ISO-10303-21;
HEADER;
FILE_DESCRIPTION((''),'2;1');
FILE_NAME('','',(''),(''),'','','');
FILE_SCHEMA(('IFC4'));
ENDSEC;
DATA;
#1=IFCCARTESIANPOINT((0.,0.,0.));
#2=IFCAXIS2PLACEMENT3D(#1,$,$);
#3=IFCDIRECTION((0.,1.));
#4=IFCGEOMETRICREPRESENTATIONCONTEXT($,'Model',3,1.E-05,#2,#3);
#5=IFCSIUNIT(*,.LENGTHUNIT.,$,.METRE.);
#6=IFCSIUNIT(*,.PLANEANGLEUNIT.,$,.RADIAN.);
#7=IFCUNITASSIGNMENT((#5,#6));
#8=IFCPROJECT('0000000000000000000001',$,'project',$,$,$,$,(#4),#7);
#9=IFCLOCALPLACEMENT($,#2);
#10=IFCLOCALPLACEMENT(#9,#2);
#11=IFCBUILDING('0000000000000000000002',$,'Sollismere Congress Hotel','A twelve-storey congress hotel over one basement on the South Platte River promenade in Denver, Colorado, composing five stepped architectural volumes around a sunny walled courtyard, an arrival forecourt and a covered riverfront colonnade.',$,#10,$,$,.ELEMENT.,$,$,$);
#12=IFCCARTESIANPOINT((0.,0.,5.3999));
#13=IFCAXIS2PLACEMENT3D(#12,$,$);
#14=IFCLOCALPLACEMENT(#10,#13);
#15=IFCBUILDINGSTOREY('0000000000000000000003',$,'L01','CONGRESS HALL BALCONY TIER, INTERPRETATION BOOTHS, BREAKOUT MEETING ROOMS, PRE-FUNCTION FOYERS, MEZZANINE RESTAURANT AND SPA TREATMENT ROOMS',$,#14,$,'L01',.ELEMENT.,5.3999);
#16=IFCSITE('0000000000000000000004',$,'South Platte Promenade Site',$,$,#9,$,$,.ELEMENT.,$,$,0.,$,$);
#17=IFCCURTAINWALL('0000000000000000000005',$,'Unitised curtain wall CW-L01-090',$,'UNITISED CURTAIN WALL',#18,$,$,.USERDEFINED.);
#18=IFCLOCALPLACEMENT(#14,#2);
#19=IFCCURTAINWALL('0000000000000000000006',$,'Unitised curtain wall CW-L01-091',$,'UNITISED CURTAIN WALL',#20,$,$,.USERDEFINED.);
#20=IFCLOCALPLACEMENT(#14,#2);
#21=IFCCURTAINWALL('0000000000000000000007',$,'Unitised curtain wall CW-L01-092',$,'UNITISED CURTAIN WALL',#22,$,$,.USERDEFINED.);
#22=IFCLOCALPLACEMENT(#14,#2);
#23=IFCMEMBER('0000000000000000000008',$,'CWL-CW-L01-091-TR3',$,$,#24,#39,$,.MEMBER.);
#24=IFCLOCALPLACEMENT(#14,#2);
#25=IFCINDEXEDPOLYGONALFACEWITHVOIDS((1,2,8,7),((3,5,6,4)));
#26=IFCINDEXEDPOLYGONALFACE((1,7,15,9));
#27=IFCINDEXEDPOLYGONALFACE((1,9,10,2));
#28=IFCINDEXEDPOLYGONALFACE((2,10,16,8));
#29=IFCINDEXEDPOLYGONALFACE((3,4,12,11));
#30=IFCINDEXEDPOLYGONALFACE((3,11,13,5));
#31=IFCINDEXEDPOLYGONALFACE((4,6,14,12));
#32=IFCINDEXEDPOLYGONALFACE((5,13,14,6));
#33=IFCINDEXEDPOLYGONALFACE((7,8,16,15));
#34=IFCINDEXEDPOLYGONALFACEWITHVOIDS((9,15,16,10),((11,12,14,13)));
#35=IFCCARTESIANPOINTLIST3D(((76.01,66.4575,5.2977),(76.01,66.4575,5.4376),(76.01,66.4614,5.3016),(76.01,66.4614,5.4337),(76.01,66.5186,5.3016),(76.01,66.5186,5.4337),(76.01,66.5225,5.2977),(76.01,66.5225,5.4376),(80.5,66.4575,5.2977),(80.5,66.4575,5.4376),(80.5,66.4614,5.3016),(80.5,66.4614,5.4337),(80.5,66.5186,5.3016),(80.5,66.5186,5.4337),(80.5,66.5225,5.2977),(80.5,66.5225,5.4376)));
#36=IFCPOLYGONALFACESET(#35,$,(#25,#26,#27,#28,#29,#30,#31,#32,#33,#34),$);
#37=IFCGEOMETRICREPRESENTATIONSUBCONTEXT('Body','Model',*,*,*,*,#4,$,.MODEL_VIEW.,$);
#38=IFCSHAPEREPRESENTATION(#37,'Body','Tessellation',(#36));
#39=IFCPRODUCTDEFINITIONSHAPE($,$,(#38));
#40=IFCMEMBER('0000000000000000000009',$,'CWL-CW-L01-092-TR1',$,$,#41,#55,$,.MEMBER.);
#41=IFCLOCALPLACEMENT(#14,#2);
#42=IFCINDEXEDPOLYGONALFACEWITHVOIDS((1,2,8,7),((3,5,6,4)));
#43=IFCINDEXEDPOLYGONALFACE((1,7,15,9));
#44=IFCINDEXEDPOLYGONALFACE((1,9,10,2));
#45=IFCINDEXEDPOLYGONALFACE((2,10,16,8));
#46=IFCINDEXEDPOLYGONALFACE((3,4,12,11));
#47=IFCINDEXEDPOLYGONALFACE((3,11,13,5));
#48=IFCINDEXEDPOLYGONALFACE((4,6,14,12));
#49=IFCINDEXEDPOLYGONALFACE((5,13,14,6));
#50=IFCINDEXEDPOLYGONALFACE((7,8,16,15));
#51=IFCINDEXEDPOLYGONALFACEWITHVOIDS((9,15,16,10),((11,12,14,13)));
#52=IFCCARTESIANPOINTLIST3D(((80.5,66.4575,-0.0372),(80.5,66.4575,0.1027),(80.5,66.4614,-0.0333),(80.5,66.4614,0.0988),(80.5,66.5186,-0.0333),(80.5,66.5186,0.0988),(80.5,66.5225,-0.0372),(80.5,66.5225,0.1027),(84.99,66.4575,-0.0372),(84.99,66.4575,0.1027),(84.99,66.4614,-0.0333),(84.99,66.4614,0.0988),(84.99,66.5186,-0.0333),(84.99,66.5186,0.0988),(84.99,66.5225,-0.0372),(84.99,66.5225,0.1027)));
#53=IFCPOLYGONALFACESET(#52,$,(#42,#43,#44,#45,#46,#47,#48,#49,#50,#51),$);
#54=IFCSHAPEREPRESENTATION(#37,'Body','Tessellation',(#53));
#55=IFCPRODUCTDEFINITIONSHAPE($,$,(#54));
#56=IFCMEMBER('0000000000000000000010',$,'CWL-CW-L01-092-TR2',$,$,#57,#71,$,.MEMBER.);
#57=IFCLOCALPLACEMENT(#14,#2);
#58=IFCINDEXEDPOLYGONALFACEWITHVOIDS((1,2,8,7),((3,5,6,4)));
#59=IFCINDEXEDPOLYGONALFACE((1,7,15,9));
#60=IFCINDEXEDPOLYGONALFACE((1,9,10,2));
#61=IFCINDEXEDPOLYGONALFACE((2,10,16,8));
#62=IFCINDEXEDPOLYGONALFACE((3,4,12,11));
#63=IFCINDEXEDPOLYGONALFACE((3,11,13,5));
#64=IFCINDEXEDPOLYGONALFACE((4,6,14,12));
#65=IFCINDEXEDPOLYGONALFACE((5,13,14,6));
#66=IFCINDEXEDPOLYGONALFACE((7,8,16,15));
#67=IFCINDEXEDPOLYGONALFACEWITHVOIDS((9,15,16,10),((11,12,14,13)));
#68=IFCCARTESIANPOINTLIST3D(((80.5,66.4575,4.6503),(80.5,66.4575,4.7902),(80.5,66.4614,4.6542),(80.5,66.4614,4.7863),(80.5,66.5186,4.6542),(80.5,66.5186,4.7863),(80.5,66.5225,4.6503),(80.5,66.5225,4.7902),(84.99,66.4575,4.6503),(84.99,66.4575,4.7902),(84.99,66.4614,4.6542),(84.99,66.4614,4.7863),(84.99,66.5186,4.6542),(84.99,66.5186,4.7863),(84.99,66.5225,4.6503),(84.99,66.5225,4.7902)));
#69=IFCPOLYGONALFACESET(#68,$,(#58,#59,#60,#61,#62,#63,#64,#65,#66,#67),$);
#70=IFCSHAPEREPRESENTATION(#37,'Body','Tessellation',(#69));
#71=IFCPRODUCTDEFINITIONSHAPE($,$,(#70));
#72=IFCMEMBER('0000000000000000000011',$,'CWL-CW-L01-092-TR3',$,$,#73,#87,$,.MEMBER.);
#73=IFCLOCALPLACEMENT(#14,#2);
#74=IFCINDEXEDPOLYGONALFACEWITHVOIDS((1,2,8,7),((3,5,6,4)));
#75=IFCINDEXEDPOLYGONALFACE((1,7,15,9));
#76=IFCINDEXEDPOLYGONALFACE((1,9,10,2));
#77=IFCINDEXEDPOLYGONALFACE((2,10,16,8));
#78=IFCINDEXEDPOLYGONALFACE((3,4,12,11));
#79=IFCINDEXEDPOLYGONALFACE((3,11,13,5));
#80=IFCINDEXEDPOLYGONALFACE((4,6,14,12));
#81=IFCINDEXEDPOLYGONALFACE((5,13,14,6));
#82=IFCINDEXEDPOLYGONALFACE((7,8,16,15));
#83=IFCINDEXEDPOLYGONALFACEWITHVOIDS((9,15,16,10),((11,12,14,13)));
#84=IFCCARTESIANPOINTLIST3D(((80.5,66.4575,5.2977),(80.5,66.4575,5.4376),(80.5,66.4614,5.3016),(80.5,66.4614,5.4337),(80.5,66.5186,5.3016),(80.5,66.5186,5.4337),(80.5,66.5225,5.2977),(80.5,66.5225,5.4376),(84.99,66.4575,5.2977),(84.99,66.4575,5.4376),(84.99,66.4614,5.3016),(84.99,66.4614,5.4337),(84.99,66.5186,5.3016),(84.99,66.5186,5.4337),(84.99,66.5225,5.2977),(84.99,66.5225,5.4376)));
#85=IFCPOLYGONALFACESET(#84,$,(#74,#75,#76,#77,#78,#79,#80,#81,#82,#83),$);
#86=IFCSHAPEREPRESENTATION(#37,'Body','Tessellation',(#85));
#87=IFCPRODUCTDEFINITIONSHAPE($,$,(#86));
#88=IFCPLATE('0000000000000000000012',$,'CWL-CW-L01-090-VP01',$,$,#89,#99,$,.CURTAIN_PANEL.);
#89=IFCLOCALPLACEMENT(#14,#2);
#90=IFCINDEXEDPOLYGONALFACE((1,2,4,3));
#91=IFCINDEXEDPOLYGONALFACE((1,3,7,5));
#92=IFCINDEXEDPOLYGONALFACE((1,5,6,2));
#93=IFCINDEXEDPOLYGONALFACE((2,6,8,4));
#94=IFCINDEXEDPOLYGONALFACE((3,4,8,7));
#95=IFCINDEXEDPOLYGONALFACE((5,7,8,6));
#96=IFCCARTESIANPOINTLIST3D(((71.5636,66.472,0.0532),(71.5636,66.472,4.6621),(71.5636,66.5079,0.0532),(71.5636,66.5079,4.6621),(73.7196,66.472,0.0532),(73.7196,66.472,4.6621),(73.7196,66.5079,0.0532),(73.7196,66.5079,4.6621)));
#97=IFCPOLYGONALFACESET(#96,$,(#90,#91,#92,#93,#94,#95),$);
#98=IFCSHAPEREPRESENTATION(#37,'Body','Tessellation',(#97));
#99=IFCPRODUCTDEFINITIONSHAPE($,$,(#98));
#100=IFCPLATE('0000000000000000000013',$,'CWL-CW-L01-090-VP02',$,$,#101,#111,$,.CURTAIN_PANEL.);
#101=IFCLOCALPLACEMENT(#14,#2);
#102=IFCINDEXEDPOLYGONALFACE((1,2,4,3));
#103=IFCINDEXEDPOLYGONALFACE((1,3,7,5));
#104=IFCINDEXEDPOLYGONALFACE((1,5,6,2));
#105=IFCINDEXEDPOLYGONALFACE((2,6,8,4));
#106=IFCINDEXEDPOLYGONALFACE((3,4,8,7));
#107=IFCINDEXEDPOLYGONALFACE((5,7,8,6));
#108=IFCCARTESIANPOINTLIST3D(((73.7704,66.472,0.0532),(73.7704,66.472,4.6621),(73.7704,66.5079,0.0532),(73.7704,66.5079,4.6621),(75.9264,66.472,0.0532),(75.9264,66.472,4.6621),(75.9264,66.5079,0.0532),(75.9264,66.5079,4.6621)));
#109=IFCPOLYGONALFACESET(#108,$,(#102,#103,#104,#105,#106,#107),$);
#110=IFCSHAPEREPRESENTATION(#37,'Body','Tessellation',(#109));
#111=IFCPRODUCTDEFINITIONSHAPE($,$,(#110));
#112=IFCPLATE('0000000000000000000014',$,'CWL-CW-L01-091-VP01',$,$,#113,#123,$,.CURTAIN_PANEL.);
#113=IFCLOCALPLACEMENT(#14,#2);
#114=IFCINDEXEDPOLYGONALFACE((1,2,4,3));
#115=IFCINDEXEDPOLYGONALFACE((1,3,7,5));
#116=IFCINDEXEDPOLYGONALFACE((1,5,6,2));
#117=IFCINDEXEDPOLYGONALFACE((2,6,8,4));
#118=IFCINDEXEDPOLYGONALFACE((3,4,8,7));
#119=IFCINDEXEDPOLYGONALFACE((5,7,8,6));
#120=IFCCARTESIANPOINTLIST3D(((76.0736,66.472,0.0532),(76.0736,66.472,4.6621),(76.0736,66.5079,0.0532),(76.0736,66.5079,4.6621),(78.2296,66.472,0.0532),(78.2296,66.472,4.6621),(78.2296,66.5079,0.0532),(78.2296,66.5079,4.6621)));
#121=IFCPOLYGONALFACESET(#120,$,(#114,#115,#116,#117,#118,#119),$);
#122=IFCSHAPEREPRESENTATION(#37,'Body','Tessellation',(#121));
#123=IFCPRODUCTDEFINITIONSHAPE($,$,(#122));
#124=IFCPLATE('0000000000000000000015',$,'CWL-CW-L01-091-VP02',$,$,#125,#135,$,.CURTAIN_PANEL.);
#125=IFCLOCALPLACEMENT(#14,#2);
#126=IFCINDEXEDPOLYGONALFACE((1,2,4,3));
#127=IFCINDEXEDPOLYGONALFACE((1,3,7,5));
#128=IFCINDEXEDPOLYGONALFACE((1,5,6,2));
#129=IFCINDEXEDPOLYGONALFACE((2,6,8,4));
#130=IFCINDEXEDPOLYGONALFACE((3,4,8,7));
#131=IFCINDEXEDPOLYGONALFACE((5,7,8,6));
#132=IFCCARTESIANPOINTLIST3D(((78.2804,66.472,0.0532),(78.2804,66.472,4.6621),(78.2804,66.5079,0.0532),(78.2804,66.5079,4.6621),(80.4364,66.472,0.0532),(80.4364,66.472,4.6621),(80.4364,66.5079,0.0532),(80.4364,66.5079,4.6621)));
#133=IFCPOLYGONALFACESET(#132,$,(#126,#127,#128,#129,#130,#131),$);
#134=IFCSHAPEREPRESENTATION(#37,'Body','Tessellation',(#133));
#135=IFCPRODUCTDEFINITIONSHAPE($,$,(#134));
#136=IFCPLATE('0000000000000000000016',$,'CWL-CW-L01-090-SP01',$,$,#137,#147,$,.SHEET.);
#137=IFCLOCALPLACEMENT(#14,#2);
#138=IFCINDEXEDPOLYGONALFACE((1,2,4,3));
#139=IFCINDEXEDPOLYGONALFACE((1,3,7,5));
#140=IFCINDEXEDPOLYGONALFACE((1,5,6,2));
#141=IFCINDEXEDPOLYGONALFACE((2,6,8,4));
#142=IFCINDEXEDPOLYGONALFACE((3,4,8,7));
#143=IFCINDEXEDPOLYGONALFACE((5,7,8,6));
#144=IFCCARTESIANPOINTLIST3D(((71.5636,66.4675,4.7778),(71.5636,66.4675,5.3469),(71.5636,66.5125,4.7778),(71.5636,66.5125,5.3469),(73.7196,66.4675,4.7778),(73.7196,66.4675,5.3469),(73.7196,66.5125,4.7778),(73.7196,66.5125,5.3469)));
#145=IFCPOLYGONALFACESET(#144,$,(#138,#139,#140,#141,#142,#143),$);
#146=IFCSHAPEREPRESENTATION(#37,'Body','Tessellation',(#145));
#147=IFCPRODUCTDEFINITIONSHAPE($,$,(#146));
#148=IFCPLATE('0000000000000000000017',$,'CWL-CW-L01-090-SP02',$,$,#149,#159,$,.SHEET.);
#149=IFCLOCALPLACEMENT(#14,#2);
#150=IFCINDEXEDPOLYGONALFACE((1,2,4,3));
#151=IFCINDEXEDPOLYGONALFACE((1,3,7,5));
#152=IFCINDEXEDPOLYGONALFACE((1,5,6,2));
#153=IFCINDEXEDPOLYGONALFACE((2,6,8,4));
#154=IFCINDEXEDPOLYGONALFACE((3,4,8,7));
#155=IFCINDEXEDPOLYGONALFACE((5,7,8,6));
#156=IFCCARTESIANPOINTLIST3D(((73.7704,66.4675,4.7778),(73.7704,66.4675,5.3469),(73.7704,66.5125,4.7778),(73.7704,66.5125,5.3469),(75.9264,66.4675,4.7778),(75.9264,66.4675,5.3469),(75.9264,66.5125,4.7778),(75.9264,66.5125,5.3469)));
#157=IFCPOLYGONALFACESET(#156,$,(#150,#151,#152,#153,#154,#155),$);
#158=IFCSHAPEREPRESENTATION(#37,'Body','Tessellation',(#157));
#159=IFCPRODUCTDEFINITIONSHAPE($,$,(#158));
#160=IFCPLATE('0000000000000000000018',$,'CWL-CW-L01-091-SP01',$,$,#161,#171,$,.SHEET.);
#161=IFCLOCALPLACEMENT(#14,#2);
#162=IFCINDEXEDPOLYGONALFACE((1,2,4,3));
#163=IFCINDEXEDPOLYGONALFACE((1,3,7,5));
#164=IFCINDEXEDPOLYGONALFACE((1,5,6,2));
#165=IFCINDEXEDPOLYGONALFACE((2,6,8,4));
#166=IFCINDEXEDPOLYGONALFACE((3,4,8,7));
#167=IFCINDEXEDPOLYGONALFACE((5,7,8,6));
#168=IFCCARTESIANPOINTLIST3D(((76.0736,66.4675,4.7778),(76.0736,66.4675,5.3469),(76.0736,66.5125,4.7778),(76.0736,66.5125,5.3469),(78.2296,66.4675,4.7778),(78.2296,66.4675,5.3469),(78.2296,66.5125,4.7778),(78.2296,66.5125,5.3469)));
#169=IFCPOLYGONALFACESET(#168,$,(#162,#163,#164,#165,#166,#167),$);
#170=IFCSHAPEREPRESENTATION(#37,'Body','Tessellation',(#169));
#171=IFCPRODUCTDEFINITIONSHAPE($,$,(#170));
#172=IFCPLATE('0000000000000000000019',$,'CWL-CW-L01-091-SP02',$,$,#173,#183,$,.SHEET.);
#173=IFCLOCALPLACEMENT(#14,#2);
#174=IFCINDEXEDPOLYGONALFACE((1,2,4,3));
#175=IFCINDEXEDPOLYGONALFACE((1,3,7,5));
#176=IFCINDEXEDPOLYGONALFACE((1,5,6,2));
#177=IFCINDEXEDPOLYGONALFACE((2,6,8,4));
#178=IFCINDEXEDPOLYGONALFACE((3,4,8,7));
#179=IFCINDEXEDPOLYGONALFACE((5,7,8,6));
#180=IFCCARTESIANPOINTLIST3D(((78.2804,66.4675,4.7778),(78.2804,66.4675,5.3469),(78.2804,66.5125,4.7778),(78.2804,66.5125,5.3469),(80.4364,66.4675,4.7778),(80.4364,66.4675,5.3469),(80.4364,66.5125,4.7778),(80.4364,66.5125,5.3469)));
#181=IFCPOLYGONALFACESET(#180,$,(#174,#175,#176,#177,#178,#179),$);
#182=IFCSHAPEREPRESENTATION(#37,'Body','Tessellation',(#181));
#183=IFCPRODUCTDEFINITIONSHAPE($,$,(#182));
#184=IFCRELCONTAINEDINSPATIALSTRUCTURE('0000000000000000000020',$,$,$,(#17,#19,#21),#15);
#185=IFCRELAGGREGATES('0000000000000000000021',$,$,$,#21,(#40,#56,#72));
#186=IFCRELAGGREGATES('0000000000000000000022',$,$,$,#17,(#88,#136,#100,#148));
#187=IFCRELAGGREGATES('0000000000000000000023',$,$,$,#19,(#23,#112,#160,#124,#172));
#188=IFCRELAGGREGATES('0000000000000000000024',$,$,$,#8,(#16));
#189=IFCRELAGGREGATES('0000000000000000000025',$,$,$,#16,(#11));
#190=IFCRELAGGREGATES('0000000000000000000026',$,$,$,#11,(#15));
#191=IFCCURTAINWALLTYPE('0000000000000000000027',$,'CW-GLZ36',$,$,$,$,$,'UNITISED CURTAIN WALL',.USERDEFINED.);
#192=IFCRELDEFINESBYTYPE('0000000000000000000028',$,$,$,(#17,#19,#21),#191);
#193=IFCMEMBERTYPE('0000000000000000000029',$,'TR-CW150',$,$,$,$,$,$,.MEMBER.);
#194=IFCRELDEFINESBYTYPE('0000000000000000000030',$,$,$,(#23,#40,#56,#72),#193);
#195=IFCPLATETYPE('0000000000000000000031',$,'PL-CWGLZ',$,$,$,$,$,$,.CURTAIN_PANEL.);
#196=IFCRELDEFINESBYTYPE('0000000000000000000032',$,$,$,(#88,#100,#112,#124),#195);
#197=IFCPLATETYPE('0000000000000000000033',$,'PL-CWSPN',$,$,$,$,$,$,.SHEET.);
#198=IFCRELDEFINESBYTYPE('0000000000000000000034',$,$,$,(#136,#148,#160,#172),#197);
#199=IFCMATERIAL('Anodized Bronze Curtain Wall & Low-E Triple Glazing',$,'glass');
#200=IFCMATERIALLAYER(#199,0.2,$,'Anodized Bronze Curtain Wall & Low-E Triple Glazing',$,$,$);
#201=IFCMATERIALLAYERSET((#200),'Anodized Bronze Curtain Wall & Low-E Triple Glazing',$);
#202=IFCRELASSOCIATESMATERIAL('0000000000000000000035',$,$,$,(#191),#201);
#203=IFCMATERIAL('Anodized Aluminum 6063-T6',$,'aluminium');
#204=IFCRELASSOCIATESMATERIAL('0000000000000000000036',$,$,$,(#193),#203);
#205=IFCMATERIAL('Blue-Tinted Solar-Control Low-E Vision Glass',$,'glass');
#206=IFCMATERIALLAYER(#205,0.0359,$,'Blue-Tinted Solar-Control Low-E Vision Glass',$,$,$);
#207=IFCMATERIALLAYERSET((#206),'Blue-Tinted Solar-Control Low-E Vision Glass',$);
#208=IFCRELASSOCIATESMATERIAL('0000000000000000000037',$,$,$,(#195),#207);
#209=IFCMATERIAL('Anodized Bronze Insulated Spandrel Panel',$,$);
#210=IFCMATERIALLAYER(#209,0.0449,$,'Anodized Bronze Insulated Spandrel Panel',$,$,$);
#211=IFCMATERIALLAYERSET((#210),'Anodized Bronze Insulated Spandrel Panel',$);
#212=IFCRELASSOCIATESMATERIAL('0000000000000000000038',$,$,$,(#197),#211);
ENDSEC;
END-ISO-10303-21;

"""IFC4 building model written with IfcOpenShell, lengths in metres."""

from ifc_helpers import new_model, si_unit, direction, frame, origin, origin_2d, place, context, subcontext, project, spatial, rectangle, hollow_rectangle, extrude, material, layer, layer_set, material_profile, profile_set, type_object, element, aggregate, save


model = new_model("IFC4")

# Units and contexts
model_context = context("Model", 3, precision=1e-05, world=origin(), true_north=direction((0.0, 1.0)))
body_context = subcontext(model_context, "Body", "Model", "MODEL_VIEW")
ifc_project = project(units=[si_unit("LENGTHUNIT", "METRE"), si_unit("PLANEANGLEUNIT", "RADIAN")], contexts=[model_context])

# Site, building, storey
site_placement = place(None, origin())
site = spatial("IfcSite", under=ifc_project, at=site_placement, Name="South Platte Promenade Site", CompositionType="ELEMENT", RefElevation=0.0)
building_placement = place(site_placement, origin())
building = spatial("IfcBuilding", under=site, at=building_placement, Name="Sollismere Congress Hotel", Description="A twelve-storey congress hotel over one basement on the South Platte River promenade in Denver, Colorado, composing five stepped architectural volumes around a sunny walled courtyard, an arrival forecourt and a covered riverfront colonnade.", CompositionType="ELEMENT")
storey_placement = place(building_placement, frame((0.0, 0.0, 5.3999)))
storey = spatial("IfcBuildingStorey", under=building, at=storey_placement, Name="L01", Description="CONGRESS HALL BALCONY TIER, INTERPRETATION BOOTHS, BREAKOUT MEETING ROOMS, PRE-FUNCTION FOYERS, MEZZANINE RESTAURANT AND SPA TREATMENT ROOMS", LongName="L01", CompositionType="ELEMENT", Elevation=5.3999)

# Curtain walls
ifc_material_1 = material(Name="Anodized Bronze Curtain Wall & Low-E Triple Glazing", Category="glass")
ifc_layer_1 = layer(ifc_material_1, 0.2, Name="Anodized Bronze Curtain Wall & Low-E Triple Glazing")
ifc_layer_set_1 = layer_set([ifc_layer_1], Name="Anodized Bronze Curtain Wall & Low-E Triple Glazing")
curtain_wall_type = type_object("IfcCurtainWallType", Name="CW-GLZ36", ElementType="UNITISED CURTAIN WALL", PredefinedType="USERDEFINED", material=ifc_layer_set_1)
curtain_wall_1_placement = place(storey_placement, origin())
curtain_wall_1 = element("IfcCurtainWall", 1, at=curtain_wall_1_placement, inside=storey, type_object=curtain_wall_type, Name="Unitised curtain wall CW-L01-090", ObjectType="UNITISED CURTAIN WALL", PredefinedType="USERDEFINED")
ifc_material_2 = material(Name="Anodized Aluminum 6063-T6", Category="aluminium")
curtain_wall_2_placement = place(storey_placement, origin())
curtain_wall_2 = element("IfcCurtainWall", 2, at=curtain_wall_2_placement, inside=storey, type_object=curtain_wall_type, Name="Unitised curtain wall CW-L01-091", ObjectType="UNITISED CURTAIN WALL", PredefinedType="USERDEFINED")

# Curtain wall
curtain_wall_3_placement = place(storey_placement, origin())
curtain_wall_3 = element("IfcCurtainWall", 3, at=curtain_wall_3_placement, inside=storey, type_object=curtain_wall_type, Name="Unitised curtain wall CW-L01-092", ObjectType="UNITISED CURTAIN WALL", PredefinedType="USERDEFINED")

# Members
ifc_material_profile_1 = material_profile(ifc_material_2, hollow_rectangle(XDim=0.0649, YDim=0.1399, WallThickness=0.0039, at=origin_2d()), Name="ALU140X65X4")
ifc_profile_set_1 = profile_set([ifc_material_profile_1], Name="Anodized Aluminum 6063-T6")
member_type_1 = type_object("IfcMemberType", Name="TR-CW150", PredefinedType="MEMBER", material=ifc_profile_set_1)
member_1_placement = place(storey_placement, frame((76.01, 66.49, 5.3677), z_axis=(1.0, 0.0, 0.0), x_axis=(0.0, 1.0, 0.0)))
member_1 = element("IfcMember", 4, at=member_1_placement, type_object=member_type_1, Name="CWL-CW-L01-091-TR3", PredefinedType="MEMBER", context=body_context, shape_type="SweptSolid", body=[
    extrude(hollow_rectangle(XDim=0.0649, YDim=0.1399, WallThickness=0.0039, at=origin_2d()), origin(), (0.0, 0.0, 1.0), 4.49),
])
member_2_placement = place(storey_placement, frame((80.5, 66.49, 0.0327), z_axis=(1.0, 0.0, 0.0), x_axis=(0.0, 1.0, 0.0)))
member_2 = element("IfcMember", 5, at=member_2_placement, type_object=member_type_1, Name="CWL-CW-L01-092-TR1", PredefinedType="MEMBER", context=body_context, shape_type="SweptSolid", body=[
    extrude(hollow_rectangle(XDim=0.0649, YDim=0.1399, WallThickness=0.0039, at=origin_2d()), origin(), (0.0, 0.0, 1.0), 4.49),
])
member_3_placement = place(storey_placement, frame((80.5, 66.49, 4.7202), z_axis=(1.0, 0.0, 0.0), x_axis=(0.0, 1.0, 0.0)))
member_3 = element("IfcMember", 6, at=member_3_placement, type_object=member_type_1, Name="CWL-CW-L01-092-TR2", PredefinedType="MEMBER", context=body_context, shape_type="SweptSolid", body=[
    extrude(hollow_rectangle(XDim=0.0649, YDim=0.1399, WallThickness=0.0039, at=origin_2d()), origin(), (0.0, 0.0, 1.0), 4.49),
])
member_4_placement = place(storey_placement, frame((80.5, 66.49, 5.3677), z_axis=(1.0, 0.0, 0.0), x_axis=(0.0, 1.0, 0.0)))
member_4 = element("IfcMember", 7, at=member_4_placement, type_object=member_type_1, Name="CWL-CW-L01-092-TR3", PredefinedType="MEMBER", context=body_context, shape_type="SweptSolid", body=[
    extrude(hollow_rectangle(XDim=0.0649, YDim=0.1399, WallThickness=0.0039, at=origin_2d()), origin(), (0.0, 0.0, 1.0), 4.49),
])
aggregate(curtain_wall_3, [member_2, member_3, member_4])

# Plates
ifc_material_3 = material(Name="Blue-Tinted Solar-Control Low-E Vision Glass", Category="glass")
ifc_layer_2 = layer(ifc_material_3, 0.0359, Name="Blue-Tinted Solar-Control Low-E Vision Glass")
ifc_layer_set_2 = layer_set([ifc_layer_2], Name="Blue-Tinted Solar-Control Low-E Vision Glass")
plate_type_1 = type_object("IfcPlateType", Name="PL-CWGLZ", PredefinedType="CURTAIN_PANEL", material=ifc_layer_set_2)
plate_1_placement = place(storey_placement, frame((72.6416, 66.49, 0.0532), z_axis=(0.0, 0.0, 1.0), x_axis=(1.0, 0.0, 0.0)))
plate_1 = element("IfcPlate", 8, at=plate_1_placement, type_object=plate_type_1, Name="CWL-CW-L01-090-VP01", PredefinedType="CURTAIN_PANEL", context=body_context, shape_type="SweptSolid", body=[
    extrude(rectangle(XDim=2.156, YDim=0.0359, at=origin_2d()), origin(), (0.0, 0.0, 1.0), 4.6089),
])
plate_2_placement = place(storey_placement, frame((74.8484, 66.49, 0.0532), z_axis=(0.0, 0.0, 1.0), x_axis=(1.0, 0.0, 0.0)))
plate_2 = element("IfcPlate", 9, at=plate_2_placement, type_object=plate_type_1, Name="CWL-CW-L01-090-VP02", PredefinedType="CURTAIN_PANEL", context=body_context, shape_type="SweptSolid", body=[
    extrude(rectangle(XDim=2.156, YDim=0.0359, at=origin_2d()), origin(), (0.0, 0.0, 1.0), 4.6089),
])
plate_3_placement = place(storey_placement, frame((77.1516, 66.49, 0.0532), z_axis=(0.0, 0.0, 1.0), x_axis=(1.0, 0.0, 0.0)))
plate_3 = element("IfcPlate", 10, at=plate_3_placement, type_object=plate_type_1, Name="CWL-CW-L01-091-VP01", PredefinedType="CURTAIN_PANEL", context=body_context, shape_type="SweptSolid", body=[
    extrude(rectangle(XDim=2.156, YDim=0.0359, at=origin_2d()), origin(), (0.0, 0.0, 1.0), 4.6089),
])
plate_4_placement = place(storey_placement, frame((79.3584, 66.49, 0.0532), z_axis=(0.0, 0.0, 1.0), x_axis=(1.0, 0.0, 0.0)))
plate_4 = element("IfcPlate", 11, at=plate_4_placement, type_object=plate_type_1, Name="CWL-CW-L01-091-VP02", PredefinedType="CURTAIN_PANEL", context=body_context, shape_type="SweptSolid", body=[
    extrude(rectangle(XDim=2.156, YDim=0.0359, at=origin_2d()), origin(), (0.0, 0.0, 1.0), 4.6089),
])
ifc_material_4 = material(Name="Anodized Bronze Insulated Spandrel Panel")
ifc_layer_3 = layer(ifc_material_4, 0.0449, Name="Anodized Bronze Insulated Spandrel Panel")
ifc_layer_set_3 = layer_set([ifc_layer_3], Name="Anodized Bronze Insulated Spandrel Panel")
plate_type_2 = type_object("IfcPlateType", Name="PL-CWSPN", PredefinedType="SHEET", material=ifc_layer_set_3)
plate_5_placement = place(storey_placement, frame((72.6416, 66.49, 4.7778), z_axis=(0.0, 0.0, 1.0), x_axis=(1.0, 0.0, 0.0)))
plate_5 = element("IfcPlate", 12, at=plate_5_placement, type_object=plate_type_2, Name="CWL-CW-L01-090-SP01", PredefinedType="SHEET", context=body_context, shape_type="SweptSolid", body=[
    extrude(rectangle(XDim=2.156, YDim=0.0449, at=origin_2d()), origin(), (0.0, 0.0, 1.0), 0.5691),
])
plate_6_placement = place(storey_placement, frame((74.8484, 66.49, 4.7778), z_axis=(0.0, 0.0, 1.0), x_axis=(1.0, 0.0, 0.0)))
plate_6 = element("IfcPlate", 13, at=plate_6_placement, type_object=plate_type_2, Name="CWL-CW-L01-090-SP02", PredefinedType="SHEET", context=body_context, shape_type="SweptSolid", body=[
    extrude(rectangle(XDim=2.156, YDim=0.0449, at=origin_2d()), origin(), (0.0, 0.0, 1.0), 0.5691),
])
aggregate(curtain_wall_1, [plate_1, plate_5, plate_2, plate_6])
plate_7_placement = place(storey_placement, frame((77.1516, 66.49, 4.7778), z_axis=(0.0, 0.0, 1.0), x_axis=(1.0, 0.0, 0.0)))
plate_7 = element("IfcPlate", 14, at=plate_7_placement, type_object=plate_type_2, Name="CWL-CW-L01-091-SP01", PredefinedType="SHEET", context=body_context, shape_type="SweptSolid", body=[
    extrude(rectangle(XDim=2.156, YDim=0.0449, at=origin_2d()), origin(), (0.0, 0.0, 1.0), 0.5691),
])
plate_8_placement = place(storey_placement, frame((79.3584, 66.49, 4.7778), z_axis=(0.0, 0.0, 1.0), x_axis=(1.0, 0.0, 0.0)))
plate_8 = element("IfcPlate", 15, at=plate_8_placement, type_object=plate_type_2, Name="CWL-CW-L01-091-SP02", PredefinedType="SHEET", context=body_context, shape_type="SweptSolid", body=[
    extrude(rectangle(XDim=2.156, YDim=0.0449, at=origin_2d()), origin(), (0.0, 0.0, 1.0), 0.5691),
])
aggregate(curtain_wall_2, [member_1, plate_3, plate_7, plate_4, plate_8])

save(model, "model.ifc")
